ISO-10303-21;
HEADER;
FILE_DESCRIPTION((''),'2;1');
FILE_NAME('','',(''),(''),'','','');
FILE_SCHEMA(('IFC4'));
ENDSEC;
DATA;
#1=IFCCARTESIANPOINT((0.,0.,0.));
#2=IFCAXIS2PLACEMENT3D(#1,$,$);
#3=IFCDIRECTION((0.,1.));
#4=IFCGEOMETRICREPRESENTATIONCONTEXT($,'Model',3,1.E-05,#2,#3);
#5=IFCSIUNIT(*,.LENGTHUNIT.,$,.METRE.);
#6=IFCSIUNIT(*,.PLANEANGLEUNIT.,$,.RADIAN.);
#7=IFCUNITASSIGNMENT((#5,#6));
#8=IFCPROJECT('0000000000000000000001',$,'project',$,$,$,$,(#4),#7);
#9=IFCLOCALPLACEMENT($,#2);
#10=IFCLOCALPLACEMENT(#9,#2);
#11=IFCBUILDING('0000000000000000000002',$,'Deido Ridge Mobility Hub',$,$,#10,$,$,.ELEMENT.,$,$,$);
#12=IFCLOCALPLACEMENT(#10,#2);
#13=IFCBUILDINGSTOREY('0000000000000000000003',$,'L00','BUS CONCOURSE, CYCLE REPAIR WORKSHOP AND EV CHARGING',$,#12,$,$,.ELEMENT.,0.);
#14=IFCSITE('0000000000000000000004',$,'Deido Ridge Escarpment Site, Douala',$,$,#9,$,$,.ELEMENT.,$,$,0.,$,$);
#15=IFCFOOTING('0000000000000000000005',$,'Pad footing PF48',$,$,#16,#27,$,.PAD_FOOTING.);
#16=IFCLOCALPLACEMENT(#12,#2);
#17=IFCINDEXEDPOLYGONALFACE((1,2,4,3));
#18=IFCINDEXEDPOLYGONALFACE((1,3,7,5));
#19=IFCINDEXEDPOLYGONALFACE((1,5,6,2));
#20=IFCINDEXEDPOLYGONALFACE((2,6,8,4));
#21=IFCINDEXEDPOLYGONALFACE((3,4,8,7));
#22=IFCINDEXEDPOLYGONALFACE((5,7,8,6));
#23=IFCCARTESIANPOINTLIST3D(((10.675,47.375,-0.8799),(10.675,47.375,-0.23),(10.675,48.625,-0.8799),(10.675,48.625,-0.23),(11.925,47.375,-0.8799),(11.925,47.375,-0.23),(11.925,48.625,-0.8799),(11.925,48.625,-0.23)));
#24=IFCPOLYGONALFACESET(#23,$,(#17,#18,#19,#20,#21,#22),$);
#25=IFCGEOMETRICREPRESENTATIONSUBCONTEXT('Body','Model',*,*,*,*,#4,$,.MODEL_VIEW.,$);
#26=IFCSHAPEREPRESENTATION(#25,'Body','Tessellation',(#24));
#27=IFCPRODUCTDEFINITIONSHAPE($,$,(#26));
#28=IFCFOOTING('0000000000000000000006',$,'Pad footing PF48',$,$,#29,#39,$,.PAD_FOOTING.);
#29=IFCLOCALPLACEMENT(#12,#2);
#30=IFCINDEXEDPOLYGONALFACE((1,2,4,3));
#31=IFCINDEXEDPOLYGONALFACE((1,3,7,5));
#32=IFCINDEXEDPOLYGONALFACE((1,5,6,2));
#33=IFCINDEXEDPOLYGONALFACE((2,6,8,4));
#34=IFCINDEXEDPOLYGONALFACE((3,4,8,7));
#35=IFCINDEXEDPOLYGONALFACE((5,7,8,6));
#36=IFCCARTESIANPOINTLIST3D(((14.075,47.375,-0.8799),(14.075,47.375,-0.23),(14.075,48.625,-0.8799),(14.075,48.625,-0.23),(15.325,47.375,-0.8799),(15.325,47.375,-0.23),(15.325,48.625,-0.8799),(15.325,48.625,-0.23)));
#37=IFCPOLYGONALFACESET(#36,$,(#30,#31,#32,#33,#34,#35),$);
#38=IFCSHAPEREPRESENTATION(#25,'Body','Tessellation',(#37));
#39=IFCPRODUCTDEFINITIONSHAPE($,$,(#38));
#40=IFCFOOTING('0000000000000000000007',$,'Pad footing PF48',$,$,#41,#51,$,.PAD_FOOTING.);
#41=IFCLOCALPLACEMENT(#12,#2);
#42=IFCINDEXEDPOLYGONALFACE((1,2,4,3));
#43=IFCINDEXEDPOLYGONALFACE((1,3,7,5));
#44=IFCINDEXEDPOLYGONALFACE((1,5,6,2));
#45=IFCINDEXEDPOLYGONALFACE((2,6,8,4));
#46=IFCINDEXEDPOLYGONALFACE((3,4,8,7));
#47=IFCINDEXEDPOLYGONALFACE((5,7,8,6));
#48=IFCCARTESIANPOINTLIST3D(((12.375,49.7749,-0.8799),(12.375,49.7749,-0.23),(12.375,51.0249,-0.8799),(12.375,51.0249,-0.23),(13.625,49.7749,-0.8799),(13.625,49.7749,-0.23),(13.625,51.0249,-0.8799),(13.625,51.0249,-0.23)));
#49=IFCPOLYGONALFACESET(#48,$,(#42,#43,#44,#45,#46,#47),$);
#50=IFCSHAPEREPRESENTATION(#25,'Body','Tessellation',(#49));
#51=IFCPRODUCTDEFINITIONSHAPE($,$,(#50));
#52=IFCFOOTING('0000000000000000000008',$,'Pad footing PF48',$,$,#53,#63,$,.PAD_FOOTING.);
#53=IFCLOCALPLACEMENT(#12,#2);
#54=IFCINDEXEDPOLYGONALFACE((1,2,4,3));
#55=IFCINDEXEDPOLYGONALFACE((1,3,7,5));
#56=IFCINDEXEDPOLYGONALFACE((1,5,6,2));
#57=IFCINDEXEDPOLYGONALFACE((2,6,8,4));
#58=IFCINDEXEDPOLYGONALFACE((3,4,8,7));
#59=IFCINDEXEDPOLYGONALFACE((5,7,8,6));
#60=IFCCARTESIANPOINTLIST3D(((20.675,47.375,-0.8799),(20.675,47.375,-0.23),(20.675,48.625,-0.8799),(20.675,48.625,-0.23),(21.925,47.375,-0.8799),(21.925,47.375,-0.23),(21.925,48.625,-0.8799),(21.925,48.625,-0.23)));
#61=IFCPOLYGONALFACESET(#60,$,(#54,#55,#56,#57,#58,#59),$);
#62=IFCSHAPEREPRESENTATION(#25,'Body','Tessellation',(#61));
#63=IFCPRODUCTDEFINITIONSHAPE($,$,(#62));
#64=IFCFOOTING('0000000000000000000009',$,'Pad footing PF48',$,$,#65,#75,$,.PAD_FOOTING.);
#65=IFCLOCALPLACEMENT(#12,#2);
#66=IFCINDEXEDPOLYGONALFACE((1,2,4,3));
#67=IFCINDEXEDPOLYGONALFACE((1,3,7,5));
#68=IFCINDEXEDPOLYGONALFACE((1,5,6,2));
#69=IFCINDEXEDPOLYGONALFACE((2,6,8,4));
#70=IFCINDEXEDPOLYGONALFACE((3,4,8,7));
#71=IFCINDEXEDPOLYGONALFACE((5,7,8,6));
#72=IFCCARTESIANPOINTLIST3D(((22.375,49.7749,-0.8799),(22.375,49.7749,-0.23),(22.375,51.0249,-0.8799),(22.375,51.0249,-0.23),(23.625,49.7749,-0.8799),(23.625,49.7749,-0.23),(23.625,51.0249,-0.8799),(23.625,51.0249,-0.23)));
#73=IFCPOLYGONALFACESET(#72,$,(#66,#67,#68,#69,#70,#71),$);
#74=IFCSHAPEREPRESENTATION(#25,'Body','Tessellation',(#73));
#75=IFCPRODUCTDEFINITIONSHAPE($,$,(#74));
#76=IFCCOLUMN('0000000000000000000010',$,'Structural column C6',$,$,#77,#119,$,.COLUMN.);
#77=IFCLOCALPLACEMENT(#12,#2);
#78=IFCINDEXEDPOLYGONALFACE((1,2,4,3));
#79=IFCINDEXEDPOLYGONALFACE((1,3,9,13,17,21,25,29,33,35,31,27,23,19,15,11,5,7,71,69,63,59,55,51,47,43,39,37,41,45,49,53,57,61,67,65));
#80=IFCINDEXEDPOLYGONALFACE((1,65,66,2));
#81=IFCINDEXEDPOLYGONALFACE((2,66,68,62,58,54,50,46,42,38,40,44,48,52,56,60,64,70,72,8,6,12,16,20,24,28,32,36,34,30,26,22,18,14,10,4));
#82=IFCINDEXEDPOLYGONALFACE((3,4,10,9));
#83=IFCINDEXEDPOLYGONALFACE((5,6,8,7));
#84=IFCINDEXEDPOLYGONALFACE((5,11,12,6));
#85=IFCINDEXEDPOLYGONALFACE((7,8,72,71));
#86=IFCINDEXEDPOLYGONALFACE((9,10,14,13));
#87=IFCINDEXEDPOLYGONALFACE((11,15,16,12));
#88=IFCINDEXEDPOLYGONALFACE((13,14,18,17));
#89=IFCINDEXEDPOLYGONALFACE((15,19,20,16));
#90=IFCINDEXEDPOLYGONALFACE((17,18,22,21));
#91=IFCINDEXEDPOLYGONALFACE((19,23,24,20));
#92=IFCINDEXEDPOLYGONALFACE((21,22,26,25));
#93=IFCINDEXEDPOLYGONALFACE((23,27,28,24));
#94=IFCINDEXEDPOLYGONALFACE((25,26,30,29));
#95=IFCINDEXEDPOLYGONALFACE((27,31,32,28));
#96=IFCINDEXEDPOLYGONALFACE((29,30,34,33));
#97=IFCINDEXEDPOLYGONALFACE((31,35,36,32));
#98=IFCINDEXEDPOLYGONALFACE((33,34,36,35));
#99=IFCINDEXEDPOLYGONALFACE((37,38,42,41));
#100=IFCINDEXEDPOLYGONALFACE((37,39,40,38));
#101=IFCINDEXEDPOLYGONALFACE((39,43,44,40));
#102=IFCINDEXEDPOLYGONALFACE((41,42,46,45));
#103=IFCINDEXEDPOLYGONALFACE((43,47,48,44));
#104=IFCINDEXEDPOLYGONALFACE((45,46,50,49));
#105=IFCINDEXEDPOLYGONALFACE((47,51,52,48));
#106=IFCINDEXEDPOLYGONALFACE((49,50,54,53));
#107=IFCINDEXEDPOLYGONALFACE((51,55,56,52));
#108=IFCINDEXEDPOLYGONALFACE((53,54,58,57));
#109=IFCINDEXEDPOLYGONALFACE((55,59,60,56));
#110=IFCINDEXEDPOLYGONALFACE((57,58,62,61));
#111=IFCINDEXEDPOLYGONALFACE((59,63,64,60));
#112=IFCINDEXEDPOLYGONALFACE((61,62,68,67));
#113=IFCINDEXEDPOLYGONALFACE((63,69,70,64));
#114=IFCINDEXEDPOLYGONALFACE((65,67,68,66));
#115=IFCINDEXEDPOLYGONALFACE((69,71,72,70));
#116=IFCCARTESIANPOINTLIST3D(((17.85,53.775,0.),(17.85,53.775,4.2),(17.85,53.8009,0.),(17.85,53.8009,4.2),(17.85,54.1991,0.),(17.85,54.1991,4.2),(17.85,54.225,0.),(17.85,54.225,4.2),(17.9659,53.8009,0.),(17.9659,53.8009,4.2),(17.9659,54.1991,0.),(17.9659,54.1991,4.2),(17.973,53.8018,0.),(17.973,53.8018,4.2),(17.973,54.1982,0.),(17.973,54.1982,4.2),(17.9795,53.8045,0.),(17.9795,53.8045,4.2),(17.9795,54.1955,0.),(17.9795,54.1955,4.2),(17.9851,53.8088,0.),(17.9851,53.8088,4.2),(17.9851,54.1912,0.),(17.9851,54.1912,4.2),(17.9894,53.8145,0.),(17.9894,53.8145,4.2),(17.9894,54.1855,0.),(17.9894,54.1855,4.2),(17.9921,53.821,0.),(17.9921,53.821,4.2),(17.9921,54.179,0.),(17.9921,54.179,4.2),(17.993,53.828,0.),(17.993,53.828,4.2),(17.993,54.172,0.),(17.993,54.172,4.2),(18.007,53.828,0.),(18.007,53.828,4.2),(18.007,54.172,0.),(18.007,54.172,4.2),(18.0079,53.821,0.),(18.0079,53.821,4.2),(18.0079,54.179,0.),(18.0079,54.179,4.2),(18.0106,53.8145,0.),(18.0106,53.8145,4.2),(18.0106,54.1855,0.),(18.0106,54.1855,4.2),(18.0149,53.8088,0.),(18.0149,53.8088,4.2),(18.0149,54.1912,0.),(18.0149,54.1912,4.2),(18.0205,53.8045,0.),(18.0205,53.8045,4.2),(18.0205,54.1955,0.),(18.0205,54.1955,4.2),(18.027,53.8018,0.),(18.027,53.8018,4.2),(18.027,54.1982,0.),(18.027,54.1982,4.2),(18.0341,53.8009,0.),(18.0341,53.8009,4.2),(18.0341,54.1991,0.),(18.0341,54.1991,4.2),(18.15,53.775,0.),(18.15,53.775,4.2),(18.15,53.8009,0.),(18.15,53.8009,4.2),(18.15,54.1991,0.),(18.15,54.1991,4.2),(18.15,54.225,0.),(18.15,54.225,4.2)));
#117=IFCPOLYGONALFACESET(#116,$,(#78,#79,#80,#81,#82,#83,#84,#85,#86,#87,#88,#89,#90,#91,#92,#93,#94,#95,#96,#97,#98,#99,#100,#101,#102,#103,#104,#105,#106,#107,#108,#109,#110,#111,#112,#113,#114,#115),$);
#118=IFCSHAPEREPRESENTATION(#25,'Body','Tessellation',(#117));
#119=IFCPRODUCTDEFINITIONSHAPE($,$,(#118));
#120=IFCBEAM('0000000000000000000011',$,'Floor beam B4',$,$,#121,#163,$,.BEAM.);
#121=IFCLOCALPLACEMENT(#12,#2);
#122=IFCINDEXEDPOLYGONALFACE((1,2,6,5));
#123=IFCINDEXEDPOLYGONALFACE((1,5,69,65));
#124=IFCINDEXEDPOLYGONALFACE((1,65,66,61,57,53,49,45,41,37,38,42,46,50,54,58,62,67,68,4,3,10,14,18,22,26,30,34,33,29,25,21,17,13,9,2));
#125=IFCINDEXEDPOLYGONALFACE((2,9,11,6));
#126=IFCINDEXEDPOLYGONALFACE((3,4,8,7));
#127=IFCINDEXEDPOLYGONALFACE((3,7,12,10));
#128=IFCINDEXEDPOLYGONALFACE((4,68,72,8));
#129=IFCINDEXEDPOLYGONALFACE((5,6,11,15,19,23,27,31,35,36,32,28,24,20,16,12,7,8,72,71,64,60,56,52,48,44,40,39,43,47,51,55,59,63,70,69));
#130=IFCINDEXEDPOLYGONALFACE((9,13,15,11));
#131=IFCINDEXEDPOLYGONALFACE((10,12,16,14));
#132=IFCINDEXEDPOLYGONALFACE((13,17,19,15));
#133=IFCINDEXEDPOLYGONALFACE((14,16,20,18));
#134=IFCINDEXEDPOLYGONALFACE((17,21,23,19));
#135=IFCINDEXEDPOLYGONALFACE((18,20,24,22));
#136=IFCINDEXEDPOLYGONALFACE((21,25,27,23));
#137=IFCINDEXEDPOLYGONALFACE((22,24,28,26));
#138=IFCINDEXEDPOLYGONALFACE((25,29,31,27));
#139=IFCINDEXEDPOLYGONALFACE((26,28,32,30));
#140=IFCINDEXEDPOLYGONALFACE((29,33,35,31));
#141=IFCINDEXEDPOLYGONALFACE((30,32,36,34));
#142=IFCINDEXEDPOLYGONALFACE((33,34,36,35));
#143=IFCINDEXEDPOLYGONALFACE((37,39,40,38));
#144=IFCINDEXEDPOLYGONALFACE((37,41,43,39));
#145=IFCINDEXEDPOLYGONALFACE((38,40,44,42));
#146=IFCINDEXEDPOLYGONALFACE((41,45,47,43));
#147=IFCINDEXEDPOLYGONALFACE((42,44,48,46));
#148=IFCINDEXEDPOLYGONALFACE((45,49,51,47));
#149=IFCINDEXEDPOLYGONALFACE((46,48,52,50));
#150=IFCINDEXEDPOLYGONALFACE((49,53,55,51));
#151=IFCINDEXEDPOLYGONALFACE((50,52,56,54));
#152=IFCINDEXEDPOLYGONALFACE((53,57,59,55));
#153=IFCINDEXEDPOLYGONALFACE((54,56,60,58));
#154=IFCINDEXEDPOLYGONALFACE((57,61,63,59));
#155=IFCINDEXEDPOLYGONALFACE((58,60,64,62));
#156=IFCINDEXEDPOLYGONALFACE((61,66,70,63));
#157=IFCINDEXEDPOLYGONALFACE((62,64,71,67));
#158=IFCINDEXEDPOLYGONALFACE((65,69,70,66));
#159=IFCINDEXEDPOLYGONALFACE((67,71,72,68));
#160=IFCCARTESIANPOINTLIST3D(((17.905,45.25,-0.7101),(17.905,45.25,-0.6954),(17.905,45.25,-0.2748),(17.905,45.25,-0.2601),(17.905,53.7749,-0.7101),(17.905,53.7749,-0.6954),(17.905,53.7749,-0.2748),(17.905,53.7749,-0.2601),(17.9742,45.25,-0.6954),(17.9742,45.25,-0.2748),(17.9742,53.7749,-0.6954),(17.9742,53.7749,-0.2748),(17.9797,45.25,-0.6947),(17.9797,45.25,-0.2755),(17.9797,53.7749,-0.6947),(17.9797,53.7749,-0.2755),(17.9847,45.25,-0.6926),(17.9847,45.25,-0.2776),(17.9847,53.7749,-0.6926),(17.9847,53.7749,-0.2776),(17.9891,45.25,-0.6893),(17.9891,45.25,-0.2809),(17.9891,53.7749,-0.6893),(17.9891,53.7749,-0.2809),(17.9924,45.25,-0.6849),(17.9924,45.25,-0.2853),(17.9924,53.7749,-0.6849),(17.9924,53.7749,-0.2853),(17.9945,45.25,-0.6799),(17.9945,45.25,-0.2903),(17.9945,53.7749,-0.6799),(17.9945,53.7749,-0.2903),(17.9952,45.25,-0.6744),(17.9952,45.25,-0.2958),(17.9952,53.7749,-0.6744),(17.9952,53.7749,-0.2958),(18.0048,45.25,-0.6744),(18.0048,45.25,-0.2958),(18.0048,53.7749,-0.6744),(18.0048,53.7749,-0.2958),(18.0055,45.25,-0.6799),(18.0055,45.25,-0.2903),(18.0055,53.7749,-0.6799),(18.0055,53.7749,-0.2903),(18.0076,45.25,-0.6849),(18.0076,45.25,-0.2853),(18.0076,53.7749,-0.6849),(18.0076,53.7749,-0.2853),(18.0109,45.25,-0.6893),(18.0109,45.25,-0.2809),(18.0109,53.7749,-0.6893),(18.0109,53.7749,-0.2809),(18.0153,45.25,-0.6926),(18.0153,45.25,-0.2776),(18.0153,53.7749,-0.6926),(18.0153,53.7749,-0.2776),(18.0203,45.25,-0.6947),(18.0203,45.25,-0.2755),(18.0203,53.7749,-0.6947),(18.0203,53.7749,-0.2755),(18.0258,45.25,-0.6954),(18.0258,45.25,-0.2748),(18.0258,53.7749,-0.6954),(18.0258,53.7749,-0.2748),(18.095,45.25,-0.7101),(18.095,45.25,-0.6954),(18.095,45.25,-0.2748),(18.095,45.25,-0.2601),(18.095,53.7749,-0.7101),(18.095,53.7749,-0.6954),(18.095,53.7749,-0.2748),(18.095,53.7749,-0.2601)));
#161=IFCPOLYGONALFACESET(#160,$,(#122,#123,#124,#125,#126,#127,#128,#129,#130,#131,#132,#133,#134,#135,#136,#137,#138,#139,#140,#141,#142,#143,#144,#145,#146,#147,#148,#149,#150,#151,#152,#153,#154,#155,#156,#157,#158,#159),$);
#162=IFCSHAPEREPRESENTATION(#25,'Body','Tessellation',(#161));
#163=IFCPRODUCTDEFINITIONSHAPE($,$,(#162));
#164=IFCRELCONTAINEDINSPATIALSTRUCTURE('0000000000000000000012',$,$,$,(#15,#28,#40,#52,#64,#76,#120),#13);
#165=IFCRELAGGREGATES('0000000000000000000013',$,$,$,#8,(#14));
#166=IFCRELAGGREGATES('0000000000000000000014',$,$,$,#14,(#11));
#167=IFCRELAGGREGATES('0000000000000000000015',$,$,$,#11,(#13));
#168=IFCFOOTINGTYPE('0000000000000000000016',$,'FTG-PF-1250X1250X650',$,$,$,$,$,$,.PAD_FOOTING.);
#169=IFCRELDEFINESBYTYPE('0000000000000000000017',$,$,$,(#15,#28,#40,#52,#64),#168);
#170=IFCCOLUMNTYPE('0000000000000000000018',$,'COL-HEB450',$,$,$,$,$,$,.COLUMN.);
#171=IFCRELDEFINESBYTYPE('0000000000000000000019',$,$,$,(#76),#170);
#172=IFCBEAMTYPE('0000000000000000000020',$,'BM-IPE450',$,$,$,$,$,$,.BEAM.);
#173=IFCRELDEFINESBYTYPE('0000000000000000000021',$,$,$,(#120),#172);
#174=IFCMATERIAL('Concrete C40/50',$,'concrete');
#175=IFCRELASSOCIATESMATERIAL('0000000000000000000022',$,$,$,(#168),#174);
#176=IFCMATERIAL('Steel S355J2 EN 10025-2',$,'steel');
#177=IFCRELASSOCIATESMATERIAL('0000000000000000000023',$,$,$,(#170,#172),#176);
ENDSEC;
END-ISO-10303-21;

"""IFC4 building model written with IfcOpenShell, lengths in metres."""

from ifc_helpers import new_model, si_unit, direction, frame, origin, origin_2d, place, context, subcontext, project, spatial, rectangle, i_section, extrude, material, material_profile, profile_set, type_object, element, save


model = new_model("IFC4")

# Units and contexts
model_context = context("Model", 3, precision=1e-05, world=origin(), true_north=direction((0.0, 1.0)))
body_context = subcontext(model_context, "Body", "Model", "MODEL_VIEW")
ifc_project = project(units=[si_unit("LENGTHUNIT", "METRE"), si_unit("PLANEANGLEUNIT", "RADIAN")], contexts=[model_context])

# Site, building, storey
site_placement = place(None, origin())
site = spatial("IfcSite", under=ifc_project, at=site_placement, Name="Deido Ridge Escarpment Site, Douala", CompositionType="ELEMENT", RefElevation=0.0)
building_placement = place(site_placement, origin())
building = spatial("IfcBuilding", under=site, at=building_placement, Name="Deido Ridge Mobility Hub", CompositionType="ELEMENT")
storey_placement = place(building_placement, origin())
storey = spatial("IfcBuildingStorey", under=building, at=storey_placement, Name="L00", Description="BUS CONCOURSE, CYCLE REPAIR WORKSHOP AND EV CHARGING", CompositionType="ELEMENT", Elevation=0.0)

# Footings
ifc_material_1 = material(Name="Concrete C40/50", Category="concrete")
footing_type = type_object("IfcFootingType", Name="FTG-PF-1250X1250X650", PredefinedType="PAD_FOOTING", material=ifc_material_1)
for number, where, z_axis, x_axis, name in (
    (1, (11.3, 48.0, -0.8799), (0.0, 0.0, 1.0), (1.0, 0.0, 0.0), "Pad footing PF48"),
    (2, (14.7, 48.0, -0.8799), (0.0, 0.0, 1.0), (1.0, 0.0, 0.0), "Pad footing PF48"),
    (3, (13.0, 50.3999, -0.8799), (0.0, 0.0, 1.0), (1.0, 0.0, 0.0), "Pad footing PF48"),
    (4, (21.3, 48.0, -0.8799), (0.0, 0.0, 1.0), (1.0, 0.0, 0.0), "Pad footing PF48"),
    (5, (23.0, 50.3999, -0.8799), (0.0, 0.0, 1.0), (1.0, 0.0, 0.0), "Pad footing PF48"),
):
    element("IfcFooting", number, at=place(storey_placement, frame(where, z_axis=z_axis, x_axis=x_axis)), inside=storey, type_object=footing_type, Name=name, PredefinedType="PAD_FOOTING", context=body_context, shape_type="SweptSolid", body=[
        extrude(rectangle(XDim=1.25, YDim=1.25, at=origin_2d()), origin(), (0.0, 0.0, 1.0), 0.6499),
    ])

# Column
ifc_material_2 = material(Name="Steel S355J2 EN 10025-2", Category="steel")
ifc_material_profile_1 = material_profile(ifc_material_2, i_section(OverallWidth=0.3, OverallDepth=0.45, WebThickness=0.0139, FlangeThickness=0.0259, FilletRadius=0.0271, at=origin_2d()), Name="HEB 450")
ifc_profile_set_1 = profile_set([ifc_material_profile_1], Name="Steel S355J2 EN 10025-2")
column_type = type_object("IfcColumnType", Name="COL-HEB450", PredefinedType="COLUMN", material=ifc_profile_set_1)
column_placement = place(storey_placement, frame((18.0, 54.0, 0.0), z_axis=(0.0, 0.0, 1.0), x_axis=(1.0, 0.0, 0.0)))
element("IfcColumn", 6, at=column_placement, inside=storey, type_object=column_type, Name="Structural column C6", PredefinedType="COLUMN", context=body_context, shape_type="SweptSolid", body=[
    extrude(i_section(OverallWidth=0.3, OverallDepth=0.45, WebThickness=0.0139, FlangeThickness=0.0259, FilletRadius=0.0271, at=origin_2d()), origin(), (0.0, 0.0, 1.0), 4.2),
])

# Beam
ifc_material_profile_2 = material_profile(ifc_material_2, i_section(OverallWidth=0.1899, OverallDepth=0.45, WebThickness=0.0095, FlangeThickness=0.0146, FilletRadius=0.021, at=origin_2d()), Name="IPE 450")
ifc_profile_set_2 = profile_set([ifc_material_profile_2], Name="Steel S355J2 EN 10025-2")
beam_type_1 = type_object("IfcBeamType", Name="BM-IPE450", PredefinedType="BEAM", material=ifc_profile_set_2)
beam_1_placement = place(storey_placement, frame((18.0, 45.25, -0.4851), z_axis=(0.0, 1.0, 0.0), x_axis=(-1.0, 0.0, 0.0)))
element("IfcBeam", 7, at=beam_1_placement, inside=storey, type_object=beam_type_1, Name="Floor beam B4", PredefinedType="BEAM", context=body_context, shape_type="SweptSolid", body=[
    extrude(i_section(OverallWidth=0.1899, OverallDepth=0.45, WebThickness=0.0095, FlangeThickness=0.0146, FilletRadius=0.021, at=origin_2d()), origin(), (0.0, 0.0, 1.0), 8.5249),
])

save(model, "model.ifc")
